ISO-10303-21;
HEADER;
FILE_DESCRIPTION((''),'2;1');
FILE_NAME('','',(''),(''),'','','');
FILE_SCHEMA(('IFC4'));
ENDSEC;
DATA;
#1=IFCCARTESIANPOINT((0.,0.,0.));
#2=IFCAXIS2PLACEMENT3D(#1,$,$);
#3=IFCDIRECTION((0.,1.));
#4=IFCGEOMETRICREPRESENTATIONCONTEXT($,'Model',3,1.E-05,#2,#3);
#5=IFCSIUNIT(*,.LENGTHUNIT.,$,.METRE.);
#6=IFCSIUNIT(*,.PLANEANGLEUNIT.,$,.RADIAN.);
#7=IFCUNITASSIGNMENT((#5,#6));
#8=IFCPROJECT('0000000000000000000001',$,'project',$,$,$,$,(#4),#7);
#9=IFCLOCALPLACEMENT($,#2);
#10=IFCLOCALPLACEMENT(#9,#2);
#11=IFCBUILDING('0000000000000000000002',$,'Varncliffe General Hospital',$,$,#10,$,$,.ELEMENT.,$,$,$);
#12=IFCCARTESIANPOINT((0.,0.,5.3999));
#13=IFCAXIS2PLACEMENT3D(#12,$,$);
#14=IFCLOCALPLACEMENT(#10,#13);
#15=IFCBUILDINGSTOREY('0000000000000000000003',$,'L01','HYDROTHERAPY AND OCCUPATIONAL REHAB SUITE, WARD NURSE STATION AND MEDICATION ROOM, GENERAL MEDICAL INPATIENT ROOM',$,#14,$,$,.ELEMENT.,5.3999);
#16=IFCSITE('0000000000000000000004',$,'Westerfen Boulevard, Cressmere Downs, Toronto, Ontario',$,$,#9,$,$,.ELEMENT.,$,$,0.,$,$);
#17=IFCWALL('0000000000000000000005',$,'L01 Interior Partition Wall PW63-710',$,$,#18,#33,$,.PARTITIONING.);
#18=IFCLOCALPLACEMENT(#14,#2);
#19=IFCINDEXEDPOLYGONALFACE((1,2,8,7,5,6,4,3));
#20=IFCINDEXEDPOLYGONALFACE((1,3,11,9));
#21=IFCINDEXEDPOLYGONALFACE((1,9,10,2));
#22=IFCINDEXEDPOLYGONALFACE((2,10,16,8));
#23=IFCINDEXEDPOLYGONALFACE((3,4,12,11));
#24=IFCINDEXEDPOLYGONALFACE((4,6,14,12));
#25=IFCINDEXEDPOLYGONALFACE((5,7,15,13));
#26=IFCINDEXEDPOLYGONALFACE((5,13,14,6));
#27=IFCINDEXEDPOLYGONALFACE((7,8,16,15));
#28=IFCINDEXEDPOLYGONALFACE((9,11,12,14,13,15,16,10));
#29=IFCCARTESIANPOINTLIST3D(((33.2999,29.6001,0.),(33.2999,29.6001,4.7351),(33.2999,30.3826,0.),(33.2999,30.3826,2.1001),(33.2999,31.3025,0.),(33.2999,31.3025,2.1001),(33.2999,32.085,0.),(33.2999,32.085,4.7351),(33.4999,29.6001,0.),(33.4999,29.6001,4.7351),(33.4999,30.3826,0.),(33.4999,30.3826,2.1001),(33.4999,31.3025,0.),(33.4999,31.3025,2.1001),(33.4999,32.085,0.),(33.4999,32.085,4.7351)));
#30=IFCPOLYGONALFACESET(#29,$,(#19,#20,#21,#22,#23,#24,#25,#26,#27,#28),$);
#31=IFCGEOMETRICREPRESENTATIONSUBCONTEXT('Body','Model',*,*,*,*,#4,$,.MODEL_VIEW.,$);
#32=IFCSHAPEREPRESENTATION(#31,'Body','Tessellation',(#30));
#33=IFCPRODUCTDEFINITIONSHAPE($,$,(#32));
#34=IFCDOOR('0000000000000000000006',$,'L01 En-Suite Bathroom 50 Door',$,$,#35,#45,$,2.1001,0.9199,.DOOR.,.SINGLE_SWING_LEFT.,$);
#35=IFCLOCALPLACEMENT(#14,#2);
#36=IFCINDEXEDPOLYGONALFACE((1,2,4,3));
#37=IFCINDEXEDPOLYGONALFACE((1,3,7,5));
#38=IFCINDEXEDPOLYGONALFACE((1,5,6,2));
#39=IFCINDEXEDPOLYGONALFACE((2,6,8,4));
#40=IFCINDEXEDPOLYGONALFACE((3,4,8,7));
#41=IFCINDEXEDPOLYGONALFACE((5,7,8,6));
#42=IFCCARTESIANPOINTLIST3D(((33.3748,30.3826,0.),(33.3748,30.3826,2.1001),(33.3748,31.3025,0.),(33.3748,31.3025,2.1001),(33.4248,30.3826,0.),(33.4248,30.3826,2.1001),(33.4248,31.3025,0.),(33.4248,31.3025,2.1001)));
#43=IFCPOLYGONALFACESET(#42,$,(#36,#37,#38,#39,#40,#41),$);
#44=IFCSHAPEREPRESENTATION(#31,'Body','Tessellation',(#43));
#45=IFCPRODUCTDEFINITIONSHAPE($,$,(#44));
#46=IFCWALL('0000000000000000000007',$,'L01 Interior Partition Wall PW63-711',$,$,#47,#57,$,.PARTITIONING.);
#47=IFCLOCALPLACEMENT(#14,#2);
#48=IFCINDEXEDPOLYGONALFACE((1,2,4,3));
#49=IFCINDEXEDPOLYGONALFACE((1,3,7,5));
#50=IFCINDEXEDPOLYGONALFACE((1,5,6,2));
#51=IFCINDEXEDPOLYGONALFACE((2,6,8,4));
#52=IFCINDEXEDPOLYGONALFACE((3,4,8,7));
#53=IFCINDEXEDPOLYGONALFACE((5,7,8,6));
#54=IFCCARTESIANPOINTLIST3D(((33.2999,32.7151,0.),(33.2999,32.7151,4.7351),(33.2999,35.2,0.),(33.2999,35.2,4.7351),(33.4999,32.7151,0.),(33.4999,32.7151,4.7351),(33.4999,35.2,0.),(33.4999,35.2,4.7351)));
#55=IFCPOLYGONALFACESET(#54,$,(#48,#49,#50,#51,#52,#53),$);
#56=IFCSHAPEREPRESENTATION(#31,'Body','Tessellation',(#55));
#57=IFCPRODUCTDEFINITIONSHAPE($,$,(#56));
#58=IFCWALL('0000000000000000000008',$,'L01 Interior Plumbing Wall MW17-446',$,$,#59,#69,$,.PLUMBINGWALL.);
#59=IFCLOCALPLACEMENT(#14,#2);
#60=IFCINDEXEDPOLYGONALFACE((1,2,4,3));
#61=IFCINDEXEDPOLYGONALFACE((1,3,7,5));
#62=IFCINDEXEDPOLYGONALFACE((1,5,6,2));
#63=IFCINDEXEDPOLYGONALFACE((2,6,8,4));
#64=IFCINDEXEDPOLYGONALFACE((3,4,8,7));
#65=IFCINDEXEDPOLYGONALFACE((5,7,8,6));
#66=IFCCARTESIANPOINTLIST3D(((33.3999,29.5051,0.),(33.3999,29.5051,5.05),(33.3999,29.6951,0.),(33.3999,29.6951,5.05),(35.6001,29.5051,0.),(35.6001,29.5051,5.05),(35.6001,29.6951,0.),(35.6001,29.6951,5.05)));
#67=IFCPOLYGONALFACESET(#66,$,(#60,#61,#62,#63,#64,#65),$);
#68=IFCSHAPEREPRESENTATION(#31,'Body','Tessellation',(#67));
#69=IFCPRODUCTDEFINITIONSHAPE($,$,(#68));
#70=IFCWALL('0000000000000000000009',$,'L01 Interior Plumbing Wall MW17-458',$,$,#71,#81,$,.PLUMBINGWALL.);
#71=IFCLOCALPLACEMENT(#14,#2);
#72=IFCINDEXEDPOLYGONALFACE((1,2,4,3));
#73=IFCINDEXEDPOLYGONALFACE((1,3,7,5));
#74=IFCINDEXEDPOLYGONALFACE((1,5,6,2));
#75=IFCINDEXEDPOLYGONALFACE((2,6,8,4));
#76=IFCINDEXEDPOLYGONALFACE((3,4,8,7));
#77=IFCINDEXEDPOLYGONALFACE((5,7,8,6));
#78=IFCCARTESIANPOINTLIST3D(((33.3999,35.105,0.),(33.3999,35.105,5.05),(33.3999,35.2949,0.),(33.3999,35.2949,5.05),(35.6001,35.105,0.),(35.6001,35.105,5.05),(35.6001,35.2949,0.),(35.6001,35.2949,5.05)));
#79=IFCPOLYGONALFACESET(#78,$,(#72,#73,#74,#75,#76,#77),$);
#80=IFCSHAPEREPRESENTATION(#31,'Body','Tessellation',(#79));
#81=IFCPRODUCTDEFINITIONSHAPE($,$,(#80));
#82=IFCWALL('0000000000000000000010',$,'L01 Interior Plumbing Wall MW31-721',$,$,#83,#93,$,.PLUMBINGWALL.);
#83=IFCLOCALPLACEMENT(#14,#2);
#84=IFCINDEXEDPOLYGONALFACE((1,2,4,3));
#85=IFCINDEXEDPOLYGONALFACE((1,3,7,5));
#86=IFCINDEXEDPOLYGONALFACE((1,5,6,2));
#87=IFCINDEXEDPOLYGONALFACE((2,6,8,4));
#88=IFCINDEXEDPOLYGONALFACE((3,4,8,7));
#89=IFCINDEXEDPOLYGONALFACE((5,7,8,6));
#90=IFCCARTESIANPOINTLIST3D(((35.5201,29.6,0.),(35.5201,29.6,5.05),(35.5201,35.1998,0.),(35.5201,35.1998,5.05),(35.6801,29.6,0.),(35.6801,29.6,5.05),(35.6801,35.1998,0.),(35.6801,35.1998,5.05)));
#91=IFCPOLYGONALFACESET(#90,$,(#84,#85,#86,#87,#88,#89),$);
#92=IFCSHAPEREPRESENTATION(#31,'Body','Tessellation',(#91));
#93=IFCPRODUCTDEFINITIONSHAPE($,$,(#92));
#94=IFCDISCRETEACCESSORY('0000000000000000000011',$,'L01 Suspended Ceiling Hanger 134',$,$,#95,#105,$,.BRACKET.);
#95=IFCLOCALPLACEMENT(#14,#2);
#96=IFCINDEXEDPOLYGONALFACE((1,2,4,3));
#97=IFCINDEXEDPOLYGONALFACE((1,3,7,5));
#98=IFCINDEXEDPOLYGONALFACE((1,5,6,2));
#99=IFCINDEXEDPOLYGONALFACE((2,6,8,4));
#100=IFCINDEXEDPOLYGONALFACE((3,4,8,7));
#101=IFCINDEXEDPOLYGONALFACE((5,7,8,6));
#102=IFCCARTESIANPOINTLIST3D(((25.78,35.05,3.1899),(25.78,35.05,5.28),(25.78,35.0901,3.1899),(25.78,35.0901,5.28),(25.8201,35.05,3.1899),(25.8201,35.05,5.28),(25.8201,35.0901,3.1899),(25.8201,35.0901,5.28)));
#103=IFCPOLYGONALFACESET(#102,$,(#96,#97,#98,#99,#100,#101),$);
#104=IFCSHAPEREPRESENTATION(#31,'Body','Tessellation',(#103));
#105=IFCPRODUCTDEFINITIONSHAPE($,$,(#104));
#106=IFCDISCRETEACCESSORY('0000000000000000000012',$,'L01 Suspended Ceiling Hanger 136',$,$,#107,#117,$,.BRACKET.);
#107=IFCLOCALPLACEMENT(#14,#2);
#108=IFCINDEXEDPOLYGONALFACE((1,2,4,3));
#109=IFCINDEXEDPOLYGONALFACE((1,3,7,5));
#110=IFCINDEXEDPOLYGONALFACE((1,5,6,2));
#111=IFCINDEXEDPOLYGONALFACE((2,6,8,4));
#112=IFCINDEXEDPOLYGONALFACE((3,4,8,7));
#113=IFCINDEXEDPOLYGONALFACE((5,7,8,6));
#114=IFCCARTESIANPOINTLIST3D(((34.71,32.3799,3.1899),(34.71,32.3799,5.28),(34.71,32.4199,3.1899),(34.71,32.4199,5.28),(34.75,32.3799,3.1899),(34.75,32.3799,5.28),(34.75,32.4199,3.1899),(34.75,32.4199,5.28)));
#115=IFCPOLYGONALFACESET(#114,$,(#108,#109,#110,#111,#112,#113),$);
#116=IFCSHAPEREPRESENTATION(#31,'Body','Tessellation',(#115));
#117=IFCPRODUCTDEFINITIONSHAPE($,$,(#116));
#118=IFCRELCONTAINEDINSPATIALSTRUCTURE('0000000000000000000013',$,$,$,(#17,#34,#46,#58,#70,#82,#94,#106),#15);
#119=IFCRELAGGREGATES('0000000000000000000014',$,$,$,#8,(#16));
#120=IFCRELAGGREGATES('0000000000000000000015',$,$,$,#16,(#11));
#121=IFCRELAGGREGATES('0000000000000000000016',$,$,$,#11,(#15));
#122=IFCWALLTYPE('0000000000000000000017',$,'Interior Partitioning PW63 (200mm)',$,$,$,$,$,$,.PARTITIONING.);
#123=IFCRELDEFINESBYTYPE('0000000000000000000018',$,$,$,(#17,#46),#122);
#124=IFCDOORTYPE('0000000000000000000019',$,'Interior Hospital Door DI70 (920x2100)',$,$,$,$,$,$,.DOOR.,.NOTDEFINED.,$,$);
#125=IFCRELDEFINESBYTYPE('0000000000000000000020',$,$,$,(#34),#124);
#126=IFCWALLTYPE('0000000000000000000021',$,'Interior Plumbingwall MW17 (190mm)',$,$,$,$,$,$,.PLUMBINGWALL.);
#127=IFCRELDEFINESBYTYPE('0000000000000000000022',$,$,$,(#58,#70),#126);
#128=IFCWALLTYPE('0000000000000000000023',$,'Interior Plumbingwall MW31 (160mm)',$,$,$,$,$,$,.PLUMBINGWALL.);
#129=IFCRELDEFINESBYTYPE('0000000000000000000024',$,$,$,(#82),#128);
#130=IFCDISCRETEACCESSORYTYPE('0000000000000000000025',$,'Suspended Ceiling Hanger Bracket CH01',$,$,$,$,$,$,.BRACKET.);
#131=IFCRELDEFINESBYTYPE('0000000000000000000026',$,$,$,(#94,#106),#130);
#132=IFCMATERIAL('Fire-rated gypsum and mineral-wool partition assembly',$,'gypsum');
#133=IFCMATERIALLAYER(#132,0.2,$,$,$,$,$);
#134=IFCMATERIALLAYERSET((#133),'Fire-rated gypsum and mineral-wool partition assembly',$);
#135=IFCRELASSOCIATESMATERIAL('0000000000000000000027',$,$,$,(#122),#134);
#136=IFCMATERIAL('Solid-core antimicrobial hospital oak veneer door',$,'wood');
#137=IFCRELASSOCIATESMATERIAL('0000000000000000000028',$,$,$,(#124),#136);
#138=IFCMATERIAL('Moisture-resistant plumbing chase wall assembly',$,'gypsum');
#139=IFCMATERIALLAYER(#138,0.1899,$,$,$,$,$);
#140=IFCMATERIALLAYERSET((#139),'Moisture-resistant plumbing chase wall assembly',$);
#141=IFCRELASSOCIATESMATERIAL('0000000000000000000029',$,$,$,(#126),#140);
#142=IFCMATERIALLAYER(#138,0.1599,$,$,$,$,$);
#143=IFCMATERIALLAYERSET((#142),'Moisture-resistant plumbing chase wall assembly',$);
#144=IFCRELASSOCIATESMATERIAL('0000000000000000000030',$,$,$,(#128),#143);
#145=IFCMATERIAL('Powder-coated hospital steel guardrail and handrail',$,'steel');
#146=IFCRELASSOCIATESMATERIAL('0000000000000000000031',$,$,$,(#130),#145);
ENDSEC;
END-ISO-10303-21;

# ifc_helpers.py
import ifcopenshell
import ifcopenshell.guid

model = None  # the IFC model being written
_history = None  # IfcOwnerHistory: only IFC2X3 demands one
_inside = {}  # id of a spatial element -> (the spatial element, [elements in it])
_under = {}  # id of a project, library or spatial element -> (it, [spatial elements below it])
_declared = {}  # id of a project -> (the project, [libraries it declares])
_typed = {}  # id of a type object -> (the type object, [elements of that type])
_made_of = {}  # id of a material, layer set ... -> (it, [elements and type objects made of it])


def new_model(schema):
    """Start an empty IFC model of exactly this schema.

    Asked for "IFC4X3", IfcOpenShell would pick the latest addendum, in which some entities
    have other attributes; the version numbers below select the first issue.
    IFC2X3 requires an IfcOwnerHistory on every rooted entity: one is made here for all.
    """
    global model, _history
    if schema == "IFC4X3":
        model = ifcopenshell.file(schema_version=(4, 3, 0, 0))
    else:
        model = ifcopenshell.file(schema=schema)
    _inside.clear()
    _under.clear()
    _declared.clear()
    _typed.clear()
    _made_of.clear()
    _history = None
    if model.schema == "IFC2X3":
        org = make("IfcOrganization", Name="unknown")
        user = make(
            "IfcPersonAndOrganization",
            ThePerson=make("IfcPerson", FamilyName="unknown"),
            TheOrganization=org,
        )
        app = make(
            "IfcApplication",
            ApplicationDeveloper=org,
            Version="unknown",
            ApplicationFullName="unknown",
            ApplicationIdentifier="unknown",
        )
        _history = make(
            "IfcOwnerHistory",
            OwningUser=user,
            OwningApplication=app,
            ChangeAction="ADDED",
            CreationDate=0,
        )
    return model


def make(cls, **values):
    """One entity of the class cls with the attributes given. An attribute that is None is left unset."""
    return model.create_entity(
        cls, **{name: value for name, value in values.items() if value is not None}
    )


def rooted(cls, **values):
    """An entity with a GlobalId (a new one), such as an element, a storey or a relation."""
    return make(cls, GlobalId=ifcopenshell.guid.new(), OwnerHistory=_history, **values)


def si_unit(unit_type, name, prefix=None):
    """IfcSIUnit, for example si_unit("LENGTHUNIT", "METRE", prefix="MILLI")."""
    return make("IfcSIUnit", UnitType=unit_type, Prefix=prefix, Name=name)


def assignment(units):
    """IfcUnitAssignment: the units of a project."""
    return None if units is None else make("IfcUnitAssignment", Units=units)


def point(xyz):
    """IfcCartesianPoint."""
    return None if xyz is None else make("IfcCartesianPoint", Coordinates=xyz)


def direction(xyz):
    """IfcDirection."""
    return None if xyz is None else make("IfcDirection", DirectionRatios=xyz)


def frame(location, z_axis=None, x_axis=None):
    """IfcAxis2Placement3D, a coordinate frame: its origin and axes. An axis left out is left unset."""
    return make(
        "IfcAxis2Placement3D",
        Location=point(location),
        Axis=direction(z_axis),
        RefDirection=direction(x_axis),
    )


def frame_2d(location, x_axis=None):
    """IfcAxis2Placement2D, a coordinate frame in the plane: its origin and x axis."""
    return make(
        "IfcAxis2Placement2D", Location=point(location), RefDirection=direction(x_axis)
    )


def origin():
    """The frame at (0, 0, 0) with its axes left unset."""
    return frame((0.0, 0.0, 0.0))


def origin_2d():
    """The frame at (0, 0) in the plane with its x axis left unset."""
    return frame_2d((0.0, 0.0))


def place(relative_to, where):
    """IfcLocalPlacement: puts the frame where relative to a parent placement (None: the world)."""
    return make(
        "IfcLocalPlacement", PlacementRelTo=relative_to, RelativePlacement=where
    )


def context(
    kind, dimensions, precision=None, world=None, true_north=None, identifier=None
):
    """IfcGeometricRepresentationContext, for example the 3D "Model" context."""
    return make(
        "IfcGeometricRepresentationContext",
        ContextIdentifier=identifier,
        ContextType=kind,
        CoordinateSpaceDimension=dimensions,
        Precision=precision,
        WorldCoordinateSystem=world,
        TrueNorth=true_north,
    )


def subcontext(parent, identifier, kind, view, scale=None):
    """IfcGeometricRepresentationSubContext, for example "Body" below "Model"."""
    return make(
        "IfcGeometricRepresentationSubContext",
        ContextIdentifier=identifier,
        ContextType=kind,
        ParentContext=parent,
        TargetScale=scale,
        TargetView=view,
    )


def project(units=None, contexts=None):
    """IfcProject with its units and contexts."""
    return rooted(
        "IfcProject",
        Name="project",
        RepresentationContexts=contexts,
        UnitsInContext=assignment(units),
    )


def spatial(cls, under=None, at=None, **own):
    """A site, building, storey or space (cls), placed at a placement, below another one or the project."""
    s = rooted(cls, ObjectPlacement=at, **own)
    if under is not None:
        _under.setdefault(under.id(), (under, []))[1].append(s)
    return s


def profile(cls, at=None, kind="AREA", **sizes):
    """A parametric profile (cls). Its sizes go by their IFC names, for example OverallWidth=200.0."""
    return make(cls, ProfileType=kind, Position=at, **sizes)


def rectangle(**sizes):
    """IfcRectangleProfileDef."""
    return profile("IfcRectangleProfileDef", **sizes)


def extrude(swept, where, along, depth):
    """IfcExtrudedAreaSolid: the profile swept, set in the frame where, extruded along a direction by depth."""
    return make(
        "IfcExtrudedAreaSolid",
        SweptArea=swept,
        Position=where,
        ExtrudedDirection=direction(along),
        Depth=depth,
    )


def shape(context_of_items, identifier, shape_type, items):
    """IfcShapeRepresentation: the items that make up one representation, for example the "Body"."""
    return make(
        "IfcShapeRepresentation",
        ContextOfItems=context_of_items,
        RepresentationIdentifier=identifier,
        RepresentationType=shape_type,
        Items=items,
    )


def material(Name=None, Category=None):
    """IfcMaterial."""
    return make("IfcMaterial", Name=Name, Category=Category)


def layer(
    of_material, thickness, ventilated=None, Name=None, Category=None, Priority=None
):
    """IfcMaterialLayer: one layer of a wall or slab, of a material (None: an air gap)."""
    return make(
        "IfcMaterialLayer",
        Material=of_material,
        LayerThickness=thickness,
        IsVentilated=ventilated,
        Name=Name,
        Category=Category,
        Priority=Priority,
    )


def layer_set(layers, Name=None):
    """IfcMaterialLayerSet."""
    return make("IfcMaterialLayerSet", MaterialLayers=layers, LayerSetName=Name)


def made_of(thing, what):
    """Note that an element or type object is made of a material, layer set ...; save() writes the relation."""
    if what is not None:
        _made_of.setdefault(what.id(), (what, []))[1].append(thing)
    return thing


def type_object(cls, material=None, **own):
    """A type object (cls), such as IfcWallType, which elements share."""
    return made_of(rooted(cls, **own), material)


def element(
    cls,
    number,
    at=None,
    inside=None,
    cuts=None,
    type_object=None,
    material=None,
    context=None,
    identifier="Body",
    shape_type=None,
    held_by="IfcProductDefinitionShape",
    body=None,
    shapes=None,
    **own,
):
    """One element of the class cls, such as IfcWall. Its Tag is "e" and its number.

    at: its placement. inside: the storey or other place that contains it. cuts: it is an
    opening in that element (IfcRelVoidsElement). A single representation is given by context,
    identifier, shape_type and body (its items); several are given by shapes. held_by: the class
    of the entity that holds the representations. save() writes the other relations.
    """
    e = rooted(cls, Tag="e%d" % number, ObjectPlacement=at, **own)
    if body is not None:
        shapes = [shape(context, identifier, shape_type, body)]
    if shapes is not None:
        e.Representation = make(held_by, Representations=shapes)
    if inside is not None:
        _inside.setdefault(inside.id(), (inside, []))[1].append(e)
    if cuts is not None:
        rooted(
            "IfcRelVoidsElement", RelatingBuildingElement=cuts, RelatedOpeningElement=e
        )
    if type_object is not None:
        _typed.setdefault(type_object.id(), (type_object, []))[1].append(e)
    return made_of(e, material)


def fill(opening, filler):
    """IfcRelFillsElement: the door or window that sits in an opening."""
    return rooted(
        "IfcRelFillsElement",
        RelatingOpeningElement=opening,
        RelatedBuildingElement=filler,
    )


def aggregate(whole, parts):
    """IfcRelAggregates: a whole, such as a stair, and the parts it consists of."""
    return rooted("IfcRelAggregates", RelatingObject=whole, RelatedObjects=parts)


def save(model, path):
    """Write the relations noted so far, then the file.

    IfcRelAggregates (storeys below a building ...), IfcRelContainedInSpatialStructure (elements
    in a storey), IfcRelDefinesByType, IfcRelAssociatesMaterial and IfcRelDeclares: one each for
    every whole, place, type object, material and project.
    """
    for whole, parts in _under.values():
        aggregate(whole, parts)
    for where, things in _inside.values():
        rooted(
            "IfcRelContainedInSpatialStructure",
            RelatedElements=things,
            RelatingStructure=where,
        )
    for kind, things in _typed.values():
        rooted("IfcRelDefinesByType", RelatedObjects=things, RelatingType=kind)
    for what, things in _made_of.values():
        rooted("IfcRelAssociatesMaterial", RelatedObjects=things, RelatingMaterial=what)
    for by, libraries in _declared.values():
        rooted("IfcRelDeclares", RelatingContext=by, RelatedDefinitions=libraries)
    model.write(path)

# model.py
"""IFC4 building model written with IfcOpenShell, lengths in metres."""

from ifc_helpers import new_model, si_unit, direction, frame, frame_2d, origin, origin_2d, place, context, subcontext, project, spatial, rectangle, extrude, material, layer, layer_set, type_object, element, fill, save


model = new_model("IFC4")

# Units and contexts
model_context = context("Model", 3, precision=1e-05, world=origin(), true_north=direction((0.0, 1.0)))
body_context = subcontext(model_context, "Body", "Model", "MODEL_VIEW")
ifc_project = project(units=[si_unit("LENGTHUNIT", "METRE"), si_unit("PLANEANGLEUNIT", "RADIAN")], contexts=[model_context])

# Site, building, storey
site_placement = place(None, origin())
site = spatial("IfcSite", under=ifc_project, at=site_placement, Name="Westerfen Boulevard, Cressmere Downs, Toronto, Ontario", CompositionType="ELEMENT", RefElevation=0.0)
building_placement = place(site_placement, origin())
building = spatial("IfcBuilding", under=site, at=building_placement, Name="Varncliffe General Hospital", CompositionType="ELEMENT")
storey_placement = place(building_placement, frame((0.0, 0.0, 5.3999)))
storey = spatial("IfcBuildingStorey", under=building, at=storey_placement, Name="L01", Description="HYDROTHERAPY AND OCCUPATIONAL REHAB SUITE, WARD NURSE STATION AND MEDICATION ROOM, GENERAL MEDICAL INPATIENT ROOM", CompositionType="ELEMENT", Elevation=5.3999)

# Wall, opening, door
ifc_material_1 = material(Name="Fire-rated gypsum and mineral-wool partition assembly", Category="gypsum")
ifc_layer_1 = layer(ifc_material_1, 0.2)
ifc_layer_set_1 = layer_set([ifc_layer_1], Name="Fire-rated gypsum and mineral-wool partition assembly")
wall_type_1 = type_object("IfcWallType", Name="Interior Partitioning PW63 (200mm)", PredefinedType="PARTITIONING", material=ifc_layer_set_1)
wall_1_placement = place(storey_placement, frame((33.3999, 29.6001, 0.0), z_axis=(0.0, 0.0, 1.0), x_axis=(0.0, 1.0, 0.0)))
wall_1 = element("IfcWall", 1, at=wall_1_placement, inside=storey, type_object=wall_type_1, Name="L01 Interior Partition Wall PW63-710", PredefinedType="PARTITIONING", context=body_context, shape_type="SweptSolid", body=[
    extrude(rectangle(XDim=2.4849, YDim=0.2, at=frame_2d((1.2424, 0.0))), origin(), (0.0, 0.0, 1.0), 4.7351),
])
opening_1_placement = place(wall_1_placement, frame((0.7825, 0.0, 0.0)))
opening_1 = element("IfcOpeningElement", 2, at=opening_1_placement, cuts=wall_1, PredefinedType="OPENING", context=body_context, shape_type="SweptSolid", body=[
    extrude(rectangle(XDim=0.9199, YDim=2.1001, at=frame_2d((0.46, 1.05))), frame((0.0, 0.1099, 0.0), z_axis=(0.0, -1.0, 0.0), x_axis=(1.0, 0.0, 0.0)), (0.0, 0.0, 1.0), 0.22),
])
ifc_material_2 = material(Name="Solid-core antimicrobial hospital oak veneer door", Category="wood")
door_type_1 = type_object("IfcDoorType", Name="Interior Hospital Door DI70 (920x2100)", OperationType="NOTDEFINED", PredefinedType="DOOR", material=ifc_material_2)
door_1_placement = place(opening_1_placement, frame((0.9199, 0.0, 0.0), z_axis=(0.0, 0.0, 1.0), x_axis=(-1.0, 0.0, 0.0)))
door_1 = element("IfcDoor", 3, at=door_1_placement, inside=storey, type_object=door_type_1, Name="L01 En-Suite Bathroom 50 Door", OperationType="SINGLE_SWING_LEFT", OverallHeight=2.1001, OverallWidth=0.9199, PredefinedType="DOOR", context=body_context, shape_type="SweptSolid", body=[
    extrude(rectangle(XDim=0.9199, YDim=2.1001, at=frame_2d((0.46, 1.05))), frame((0.0, 0.0249, 0.0), z_axis=(0.0, -1.0, 0.0), x_axis=(1.0, 0.0, 0.0)), (0.0, 0.0, 1.0), 0.05),
])
fill(opening_1, door_1)

# Wall
wall_2_placement = place(storey_placement, frame((33.3999, 32.7151, 0.0), z_axis=(0.0, 0.0, 1.0), x_axis=(0.0, 1.0, 0.0)))
element("IfcWall", 4, at=wall_2_placement, inside=storey, type_object=wall_type_1, Name="L01 Interior Partition Wall PW63-711", PredefinedType="PARTITIONING", context=body_context, shape_type="SweptSolid", body=[
    extrude(rectangle(XDim=2.4849, YDim=0.2, at=frame_2d((1.2424, 0.0))), origin(), (0.0, 0.0, 1.0), 4.7351),
])

# Walls
ifc_material_3 = material(Name="Moisture-resistant plumbing chase wall assembly", Category="gypsum")
ifc_layer_2 = layer(ifc_material_3, 0.1899)
ifc_layer_set_2 = layer_set([ifc_layer_2], Name="Moisture-resistant plumbing chase wall assembly")
wall_type_2 = type_object("IfcWallType", Name="Interior Plumbingwall MW17 (190mm)", PredefinedType="PLUMBINGWALL", material=ifc_layer_set_2)
for number, where, z_axis, x_axis, name in (
    (5, (33.3999, 29.6001, 0.0), (0.0, 0.0, 1.0), (1.0, 0.0, 0.0), "L01 Interior Plumbing Wall MW17-446"),
    (6, (33.3999, 35.2, 0.0), (0.0, 0.0, 1.0), (1.0, 0.0, 0.0), "L01 Interior Plumbing Wall MW17-458"),
):
    element("IfcWall", number, at=place(storey_placement, frame(where, z_axis=z_axis, x_axis=x_axis)), inside=storey, type_object=wall_type_2, Name=name, PredefinedType="PLUMBINGWALL", context=body_context, shape_type="SweptSolid", body=[
        extrude(rectangle(XDim=2.2002, YDim=0.1899, at=frame_2d((1.1001, 0.0))), origin(), (0.0, 0.0, 1.0), 5.05),
    ])
ifc_layer_3 = layer(ifc_material_3, 0.1599)
ifc_layer_set_3 = layer_set([ifc_layer_3], Name="Moisture-resistant plumbing chase wall assembly")
wall_type_3 = type_object("IfcWallType", Name="Interior Plumbingwall MW31 (160mm)", PredefinedType="PLUMBINGWALL", material=ifc_layer_set_3)
wall_3_placement = place(storey_placement, frame((35.6001, 29.6001, 0.0), z_axis=(0.0, 0.0, 1.0), x_axis=(0.0, 1.0, 0.0)))
element("IfcWall", 7, at=wall_3_placement, inside=storey, type_object=wall_type_3, Name="L01 Interior Plumbing Wall MW31-721", PredefinedType="PLUMBINGWALL", context=body_context, shape_type="SweptSolid", body=[
    extrude(rectangle(XDim=5.5999, YDim=0.1599, at=frame_2d((2.7998, 0.0))), origin(), (0.0, 0.0, 1.0), 5.05),
])

# Discrete accessories
ifc_material_4 = material(Name="Powder-coated hospital steel guardrail and handrail", Category="steel")
discrete_accessory_type = type_object("IfcDiscreteAccessoryType", Name="Suspended Ceiling Hanger Bracket CH01", PredefinedType="BRACKET", material=ifc_material_4)
for number, where, z_axis, x_axis, name in (
    (8, (25.8, 35.0701, 3.1899), (0.0, 0.0, 1.0), (1.0, 0.0, 0.0), "L01 Suspended Ceiling Hanger 134"),
    (9, (34.73, 32.3999, 3.1899), (0.0, 0.0, 1.0), (1.0, 0.0, 0.0), "L01 Suspended Ceiling Hanger 136"),
):
    element("IfcDiscreteAccessory", number, at=place(storey_placement, frame(where, z_axis=z_axis, x_axis=x_axis)), inside=storey, type_object=discrete_accessory_type, Name=name, PredefinedType="BRACKET", context=body_context, shape_type="SweptSolid", body=[
        extrude(rectangle(XDim=0.04, YDim=0.04, at=origin_2d()), origin(), (0.0, 0.0, 1.0), 2.0901),
    ])

save(model, "model.ifc")
